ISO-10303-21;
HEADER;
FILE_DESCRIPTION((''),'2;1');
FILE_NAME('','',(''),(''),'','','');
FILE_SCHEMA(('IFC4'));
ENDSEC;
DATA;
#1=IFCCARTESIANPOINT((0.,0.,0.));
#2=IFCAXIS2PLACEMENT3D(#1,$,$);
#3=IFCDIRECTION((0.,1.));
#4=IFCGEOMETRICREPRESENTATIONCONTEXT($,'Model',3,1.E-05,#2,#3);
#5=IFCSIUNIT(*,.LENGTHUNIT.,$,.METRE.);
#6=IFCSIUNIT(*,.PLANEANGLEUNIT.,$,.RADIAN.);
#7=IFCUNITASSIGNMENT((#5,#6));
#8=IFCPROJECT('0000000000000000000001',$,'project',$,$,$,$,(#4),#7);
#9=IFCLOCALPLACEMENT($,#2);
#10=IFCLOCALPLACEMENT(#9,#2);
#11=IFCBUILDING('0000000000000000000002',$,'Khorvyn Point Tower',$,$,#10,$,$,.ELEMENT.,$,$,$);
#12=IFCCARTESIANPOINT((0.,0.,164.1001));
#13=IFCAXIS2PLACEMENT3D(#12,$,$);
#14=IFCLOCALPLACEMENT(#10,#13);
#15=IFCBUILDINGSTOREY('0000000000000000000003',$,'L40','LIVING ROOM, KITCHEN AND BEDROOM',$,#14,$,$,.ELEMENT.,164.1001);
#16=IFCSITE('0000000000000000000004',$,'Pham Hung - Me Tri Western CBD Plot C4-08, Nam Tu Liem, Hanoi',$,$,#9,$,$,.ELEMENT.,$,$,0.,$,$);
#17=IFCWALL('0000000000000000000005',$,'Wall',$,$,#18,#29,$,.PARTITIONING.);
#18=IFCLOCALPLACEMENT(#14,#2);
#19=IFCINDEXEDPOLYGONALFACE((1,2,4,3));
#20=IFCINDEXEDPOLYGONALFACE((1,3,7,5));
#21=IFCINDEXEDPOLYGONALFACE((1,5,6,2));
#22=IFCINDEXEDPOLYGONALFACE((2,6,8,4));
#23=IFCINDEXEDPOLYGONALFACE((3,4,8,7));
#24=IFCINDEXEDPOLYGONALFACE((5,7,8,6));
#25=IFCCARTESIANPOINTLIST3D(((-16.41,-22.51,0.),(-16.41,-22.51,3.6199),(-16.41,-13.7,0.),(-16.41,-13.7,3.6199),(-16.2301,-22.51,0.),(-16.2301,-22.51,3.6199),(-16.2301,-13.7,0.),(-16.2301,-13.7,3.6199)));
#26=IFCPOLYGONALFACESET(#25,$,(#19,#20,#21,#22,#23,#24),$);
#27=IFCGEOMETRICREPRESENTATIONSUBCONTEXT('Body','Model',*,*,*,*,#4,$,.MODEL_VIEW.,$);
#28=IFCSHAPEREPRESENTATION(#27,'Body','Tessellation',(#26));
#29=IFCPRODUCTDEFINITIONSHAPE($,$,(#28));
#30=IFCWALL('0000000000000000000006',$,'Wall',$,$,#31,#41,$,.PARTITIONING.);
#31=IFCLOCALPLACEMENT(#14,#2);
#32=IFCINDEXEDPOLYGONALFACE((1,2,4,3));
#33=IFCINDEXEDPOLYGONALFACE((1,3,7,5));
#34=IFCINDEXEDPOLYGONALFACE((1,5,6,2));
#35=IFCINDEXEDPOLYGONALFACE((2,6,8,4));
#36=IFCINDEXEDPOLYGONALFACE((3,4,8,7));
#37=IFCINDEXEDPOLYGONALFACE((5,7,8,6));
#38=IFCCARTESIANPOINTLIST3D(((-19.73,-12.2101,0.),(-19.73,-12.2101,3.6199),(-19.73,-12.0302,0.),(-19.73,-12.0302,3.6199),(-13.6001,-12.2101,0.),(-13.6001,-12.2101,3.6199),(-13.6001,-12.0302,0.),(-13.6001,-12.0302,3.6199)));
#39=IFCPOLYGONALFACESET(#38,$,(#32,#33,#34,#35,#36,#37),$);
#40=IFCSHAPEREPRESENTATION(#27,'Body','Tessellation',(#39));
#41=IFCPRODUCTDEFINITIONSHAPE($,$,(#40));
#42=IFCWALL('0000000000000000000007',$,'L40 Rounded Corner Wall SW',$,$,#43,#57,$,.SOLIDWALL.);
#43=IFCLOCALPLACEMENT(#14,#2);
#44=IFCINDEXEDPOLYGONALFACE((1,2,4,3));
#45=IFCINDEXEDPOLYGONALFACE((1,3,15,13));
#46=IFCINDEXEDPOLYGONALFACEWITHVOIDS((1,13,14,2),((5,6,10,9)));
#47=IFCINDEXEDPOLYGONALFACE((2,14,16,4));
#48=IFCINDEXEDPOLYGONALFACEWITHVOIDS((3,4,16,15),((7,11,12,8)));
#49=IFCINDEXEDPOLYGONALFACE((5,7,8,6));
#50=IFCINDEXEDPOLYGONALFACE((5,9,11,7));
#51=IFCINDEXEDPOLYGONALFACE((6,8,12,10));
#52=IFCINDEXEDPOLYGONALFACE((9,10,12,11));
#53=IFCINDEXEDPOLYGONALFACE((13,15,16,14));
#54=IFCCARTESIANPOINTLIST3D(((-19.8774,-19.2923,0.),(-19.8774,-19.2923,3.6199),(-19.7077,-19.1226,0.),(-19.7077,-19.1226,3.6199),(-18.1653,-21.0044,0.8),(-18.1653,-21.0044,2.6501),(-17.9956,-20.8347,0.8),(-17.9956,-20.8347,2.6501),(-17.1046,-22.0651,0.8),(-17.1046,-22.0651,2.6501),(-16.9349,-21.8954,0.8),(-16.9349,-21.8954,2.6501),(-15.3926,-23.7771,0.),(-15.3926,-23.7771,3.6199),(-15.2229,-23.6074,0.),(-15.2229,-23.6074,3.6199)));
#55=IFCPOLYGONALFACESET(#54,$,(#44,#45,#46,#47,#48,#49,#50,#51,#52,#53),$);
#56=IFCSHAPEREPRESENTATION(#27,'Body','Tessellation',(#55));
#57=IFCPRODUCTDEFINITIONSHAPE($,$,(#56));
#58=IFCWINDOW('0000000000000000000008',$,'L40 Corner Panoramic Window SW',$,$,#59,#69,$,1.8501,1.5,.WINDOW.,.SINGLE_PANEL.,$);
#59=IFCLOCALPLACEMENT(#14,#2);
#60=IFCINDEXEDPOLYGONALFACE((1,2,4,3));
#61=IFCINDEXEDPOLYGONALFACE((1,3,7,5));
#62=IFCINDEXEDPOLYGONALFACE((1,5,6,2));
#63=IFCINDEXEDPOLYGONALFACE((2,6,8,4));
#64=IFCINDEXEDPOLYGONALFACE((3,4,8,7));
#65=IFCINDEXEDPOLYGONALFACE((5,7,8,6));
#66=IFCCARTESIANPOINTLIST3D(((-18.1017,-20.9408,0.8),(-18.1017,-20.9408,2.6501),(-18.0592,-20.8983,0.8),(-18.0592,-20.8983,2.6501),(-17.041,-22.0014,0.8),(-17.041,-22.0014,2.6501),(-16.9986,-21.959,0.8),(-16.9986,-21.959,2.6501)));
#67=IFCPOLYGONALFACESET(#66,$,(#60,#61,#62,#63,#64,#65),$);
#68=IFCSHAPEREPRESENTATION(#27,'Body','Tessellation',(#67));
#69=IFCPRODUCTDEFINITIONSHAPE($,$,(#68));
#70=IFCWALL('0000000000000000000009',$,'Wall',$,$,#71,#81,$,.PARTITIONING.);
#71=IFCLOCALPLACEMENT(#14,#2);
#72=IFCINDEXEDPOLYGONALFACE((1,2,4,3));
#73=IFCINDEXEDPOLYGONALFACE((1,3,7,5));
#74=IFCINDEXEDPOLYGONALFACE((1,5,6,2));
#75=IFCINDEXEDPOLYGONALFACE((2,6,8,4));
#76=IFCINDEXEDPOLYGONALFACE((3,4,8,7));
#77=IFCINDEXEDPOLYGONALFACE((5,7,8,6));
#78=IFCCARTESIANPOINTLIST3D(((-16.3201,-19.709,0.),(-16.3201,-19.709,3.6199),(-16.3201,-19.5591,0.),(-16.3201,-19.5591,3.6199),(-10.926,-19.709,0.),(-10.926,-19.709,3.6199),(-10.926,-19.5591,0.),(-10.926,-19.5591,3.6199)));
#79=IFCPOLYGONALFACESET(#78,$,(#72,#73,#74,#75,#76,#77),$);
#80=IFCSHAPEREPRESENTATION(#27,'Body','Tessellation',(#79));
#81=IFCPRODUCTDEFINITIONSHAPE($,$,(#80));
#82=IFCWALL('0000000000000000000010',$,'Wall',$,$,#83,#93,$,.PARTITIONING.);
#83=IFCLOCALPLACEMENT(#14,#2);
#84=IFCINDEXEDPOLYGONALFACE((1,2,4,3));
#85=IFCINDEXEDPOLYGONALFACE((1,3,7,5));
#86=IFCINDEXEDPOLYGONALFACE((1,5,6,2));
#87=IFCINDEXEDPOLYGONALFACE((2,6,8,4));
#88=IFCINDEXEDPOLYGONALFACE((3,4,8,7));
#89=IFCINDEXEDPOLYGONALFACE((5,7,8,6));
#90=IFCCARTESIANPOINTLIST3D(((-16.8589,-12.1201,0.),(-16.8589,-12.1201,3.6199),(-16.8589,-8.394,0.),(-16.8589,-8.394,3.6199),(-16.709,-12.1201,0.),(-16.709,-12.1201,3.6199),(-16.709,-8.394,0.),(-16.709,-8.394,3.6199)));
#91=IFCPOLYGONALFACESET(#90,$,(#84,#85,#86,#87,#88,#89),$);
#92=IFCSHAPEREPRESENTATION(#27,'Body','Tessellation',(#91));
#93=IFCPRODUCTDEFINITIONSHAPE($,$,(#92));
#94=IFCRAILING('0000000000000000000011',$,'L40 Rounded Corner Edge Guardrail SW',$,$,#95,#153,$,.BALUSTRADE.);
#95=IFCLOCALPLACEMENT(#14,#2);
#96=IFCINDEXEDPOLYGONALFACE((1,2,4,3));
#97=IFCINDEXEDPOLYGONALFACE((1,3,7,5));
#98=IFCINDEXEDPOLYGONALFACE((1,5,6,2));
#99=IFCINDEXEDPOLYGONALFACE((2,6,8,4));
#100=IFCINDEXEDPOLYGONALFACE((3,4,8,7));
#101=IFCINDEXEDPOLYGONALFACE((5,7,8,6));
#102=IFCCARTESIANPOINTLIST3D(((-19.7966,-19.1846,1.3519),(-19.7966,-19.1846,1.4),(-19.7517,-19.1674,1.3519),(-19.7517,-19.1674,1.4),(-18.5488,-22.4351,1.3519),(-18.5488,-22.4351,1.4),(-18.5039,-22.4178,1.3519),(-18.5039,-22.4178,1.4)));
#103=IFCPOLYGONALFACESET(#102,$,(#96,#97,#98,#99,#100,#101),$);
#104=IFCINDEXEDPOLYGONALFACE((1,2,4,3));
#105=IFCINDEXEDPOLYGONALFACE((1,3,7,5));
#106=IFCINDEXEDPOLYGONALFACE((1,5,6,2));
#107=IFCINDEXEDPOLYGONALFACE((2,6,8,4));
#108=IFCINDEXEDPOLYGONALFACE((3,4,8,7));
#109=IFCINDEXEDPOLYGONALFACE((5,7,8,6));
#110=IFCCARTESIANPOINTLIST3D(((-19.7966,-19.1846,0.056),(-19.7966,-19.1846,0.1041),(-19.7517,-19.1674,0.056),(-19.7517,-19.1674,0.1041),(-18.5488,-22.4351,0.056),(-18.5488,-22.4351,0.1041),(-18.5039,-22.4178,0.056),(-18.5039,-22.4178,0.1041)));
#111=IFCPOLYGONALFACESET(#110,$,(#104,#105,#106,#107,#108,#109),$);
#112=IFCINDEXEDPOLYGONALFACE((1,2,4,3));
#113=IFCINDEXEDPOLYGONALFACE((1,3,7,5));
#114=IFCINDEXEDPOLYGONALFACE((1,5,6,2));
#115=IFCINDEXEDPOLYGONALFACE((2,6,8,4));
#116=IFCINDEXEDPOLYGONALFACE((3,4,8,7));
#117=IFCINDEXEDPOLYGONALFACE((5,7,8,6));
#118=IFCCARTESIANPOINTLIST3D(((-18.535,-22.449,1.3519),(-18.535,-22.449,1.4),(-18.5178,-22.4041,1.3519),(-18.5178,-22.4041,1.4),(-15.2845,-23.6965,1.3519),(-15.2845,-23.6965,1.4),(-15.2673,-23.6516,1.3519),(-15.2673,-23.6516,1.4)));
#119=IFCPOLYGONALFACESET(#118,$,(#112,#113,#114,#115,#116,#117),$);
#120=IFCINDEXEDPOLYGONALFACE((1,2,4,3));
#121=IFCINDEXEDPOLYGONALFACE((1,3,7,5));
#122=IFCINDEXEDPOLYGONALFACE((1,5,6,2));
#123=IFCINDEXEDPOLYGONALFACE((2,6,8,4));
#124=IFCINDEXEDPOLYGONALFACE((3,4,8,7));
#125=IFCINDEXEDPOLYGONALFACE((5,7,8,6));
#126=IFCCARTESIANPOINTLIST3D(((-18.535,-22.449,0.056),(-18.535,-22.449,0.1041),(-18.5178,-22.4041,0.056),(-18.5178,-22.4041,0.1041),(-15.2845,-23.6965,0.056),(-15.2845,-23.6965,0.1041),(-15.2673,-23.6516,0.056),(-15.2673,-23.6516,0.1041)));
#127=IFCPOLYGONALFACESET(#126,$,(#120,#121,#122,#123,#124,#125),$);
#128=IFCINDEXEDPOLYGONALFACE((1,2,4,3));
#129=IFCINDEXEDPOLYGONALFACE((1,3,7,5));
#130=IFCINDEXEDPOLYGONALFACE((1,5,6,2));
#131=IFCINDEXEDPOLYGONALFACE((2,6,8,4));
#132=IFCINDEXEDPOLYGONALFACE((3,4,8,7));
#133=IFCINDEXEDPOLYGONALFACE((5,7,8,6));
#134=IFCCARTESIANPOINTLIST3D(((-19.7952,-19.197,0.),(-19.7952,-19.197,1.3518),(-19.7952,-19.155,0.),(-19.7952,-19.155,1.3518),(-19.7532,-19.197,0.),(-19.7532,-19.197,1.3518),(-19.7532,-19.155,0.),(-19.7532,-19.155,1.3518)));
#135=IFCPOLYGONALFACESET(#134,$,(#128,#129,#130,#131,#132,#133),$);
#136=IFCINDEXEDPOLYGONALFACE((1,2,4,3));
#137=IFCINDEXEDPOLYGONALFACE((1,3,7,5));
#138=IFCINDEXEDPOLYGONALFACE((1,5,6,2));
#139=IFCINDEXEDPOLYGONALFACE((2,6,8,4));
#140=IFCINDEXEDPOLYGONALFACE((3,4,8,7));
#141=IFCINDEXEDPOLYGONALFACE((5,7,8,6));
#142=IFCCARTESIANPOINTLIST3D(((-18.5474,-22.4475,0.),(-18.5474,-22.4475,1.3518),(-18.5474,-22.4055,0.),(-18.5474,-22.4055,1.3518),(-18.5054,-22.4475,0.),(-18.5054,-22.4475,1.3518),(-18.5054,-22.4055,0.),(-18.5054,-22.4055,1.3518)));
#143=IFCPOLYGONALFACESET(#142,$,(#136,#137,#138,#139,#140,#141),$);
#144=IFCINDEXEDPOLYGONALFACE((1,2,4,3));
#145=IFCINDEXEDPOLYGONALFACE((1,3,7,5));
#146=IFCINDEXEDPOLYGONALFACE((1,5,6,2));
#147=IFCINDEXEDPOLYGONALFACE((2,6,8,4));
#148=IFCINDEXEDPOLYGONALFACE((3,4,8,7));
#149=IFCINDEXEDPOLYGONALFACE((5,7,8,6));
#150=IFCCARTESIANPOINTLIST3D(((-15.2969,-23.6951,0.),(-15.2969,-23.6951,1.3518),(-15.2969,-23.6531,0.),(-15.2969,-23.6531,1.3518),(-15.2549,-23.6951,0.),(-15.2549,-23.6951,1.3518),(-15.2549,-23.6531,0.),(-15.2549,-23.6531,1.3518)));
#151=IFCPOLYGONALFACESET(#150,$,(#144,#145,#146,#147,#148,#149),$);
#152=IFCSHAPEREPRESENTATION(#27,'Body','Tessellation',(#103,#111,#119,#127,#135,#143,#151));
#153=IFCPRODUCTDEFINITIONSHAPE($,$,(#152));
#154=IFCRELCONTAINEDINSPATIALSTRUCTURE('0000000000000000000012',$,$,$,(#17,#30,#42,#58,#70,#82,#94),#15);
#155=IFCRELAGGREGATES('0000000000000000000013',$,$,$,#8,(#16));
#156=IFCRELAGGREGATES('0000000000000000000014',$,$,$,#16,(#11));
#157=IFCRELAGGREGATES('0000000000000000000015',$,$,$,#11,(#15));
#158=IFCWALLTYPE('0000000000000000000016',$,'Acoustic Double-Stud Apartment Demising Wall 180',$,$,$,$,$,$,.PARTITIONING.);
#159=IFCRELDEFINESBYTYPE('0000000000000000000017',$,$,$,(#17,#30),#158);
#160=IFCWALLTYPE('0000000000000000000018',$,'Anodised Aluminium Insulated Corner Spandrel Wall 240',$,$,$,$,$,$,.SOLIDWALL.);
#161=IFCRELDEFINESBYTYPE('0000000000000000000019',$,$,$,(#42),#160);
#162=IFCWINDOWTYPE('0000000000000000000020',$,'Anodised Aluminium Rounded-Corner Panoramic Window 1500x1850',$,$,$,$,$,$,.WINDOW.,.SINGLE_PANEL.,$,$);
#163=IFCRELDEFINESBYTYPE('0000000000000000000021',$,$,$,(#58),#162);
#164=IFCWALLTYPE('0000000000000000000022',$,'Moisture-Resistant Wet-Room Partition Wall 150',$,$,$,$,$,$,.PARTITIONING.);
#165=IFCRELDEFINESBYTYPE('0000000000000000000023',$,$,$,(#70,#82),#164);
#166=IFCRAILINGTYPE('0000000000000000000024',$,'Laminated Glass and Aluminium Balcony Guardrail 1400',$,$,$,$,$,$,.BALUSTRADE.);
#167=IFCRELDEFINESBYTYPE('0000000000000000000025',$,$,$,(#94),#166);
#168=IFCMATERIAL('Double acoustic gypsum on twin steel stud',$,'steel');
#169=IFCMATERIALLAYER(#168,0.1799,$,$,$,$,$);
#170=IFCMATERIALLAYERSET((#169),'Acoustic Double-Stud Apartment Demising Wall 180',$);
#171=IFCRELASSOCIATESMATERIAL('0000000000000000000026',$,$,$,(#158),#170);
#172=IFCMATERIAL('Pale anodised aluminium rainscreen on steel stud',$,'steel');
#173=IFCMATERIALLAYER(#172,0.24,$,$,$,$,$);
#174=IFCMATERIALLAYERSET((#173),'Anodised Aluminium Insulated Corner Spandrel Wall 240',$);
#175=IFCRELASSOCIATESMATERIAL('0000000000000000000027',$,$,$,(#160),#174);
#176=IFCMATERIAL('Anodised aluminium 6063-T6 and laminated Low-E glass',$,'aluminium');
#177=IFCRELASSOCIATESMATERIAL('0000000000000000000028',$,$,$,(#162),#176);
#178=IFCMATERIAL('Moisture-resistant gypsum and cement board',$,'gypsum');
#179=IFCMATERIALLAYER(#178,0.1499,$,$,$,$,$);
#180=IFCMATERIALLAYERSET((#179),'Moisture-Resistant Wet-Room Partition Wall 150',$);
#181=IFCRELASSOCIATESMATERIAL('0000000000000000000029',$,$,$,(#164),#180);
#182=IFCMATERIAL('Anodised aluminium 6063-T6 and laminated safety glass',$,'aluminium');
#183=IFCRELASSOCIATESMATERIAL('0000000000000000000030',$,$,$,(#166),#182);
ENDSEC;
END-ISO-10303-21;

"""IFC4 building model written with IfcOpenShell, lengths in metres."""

from ifc_helpers import new_model, si_unit, direction, frame, frame_2d, origin, origin_2d, place, context, subcontext, project, spatial, rectangle, extrude, material, layer, layer_set, type_object, element, fill, save


model = new_model("IFC4")

# Units and contexts
model_context = context("Model", 3, precision=1e-05, world=origin(), true_north=direction((0.0, 1.0)))
body_context = subcontext(model_context, "Body", "Model", "MODEL_VIEW")
ifc_project = project(units=[si_unit("LENGTHUNIT", "METRE"), si_unit("PLANEANGLEUNIT", "RADIAN")], contexts=[model_context])

# Site, building, storey
site_placement = place(None, origin())
site = spatial("IfcSite", under=ifc_project, at=site_placement, Name="Pham Hung - Me Tri Western CBD Plot C4-08, Nam Tu Liem, Hanoi", CompositionType="ELEMENT", RefElevation=0.0)
building_placement = place(site_placement, origin())
building = spatial("IfcBuilding", under=site, at=building_placement, Name="Khorvyn Point Tower", CompositionType="ELEMENT")
storey_placement = place(building_placement, frame((0.0, 0.0, 164.1001)))
storey = spatial("IfcBuildingStorey", under=building, at=storey_placement, Name="L40", Description="LIVING ROOM, KITCHEN AND BEDROOM", CompositionType="ELEMENT", Elevation=164.1001)

# Shared definitions
ifc_material_1 = material(Name="Anodised aluminium 6063-T6 and laminated Low-E glass", Category="aluminium")

# Shared definitions
ifc_material_2 = material(Name="Double acoustic gypsum on twin steel stud", Category="steel")
ifc_layer_1 = layer(ifc_material_2, 0.1799)
ifc_layer_set_1 = layer_set([ifc_layer_1], Name="Acoustic Double-Stud Apartment Demising Wall 180")
wall_type_1 = type_object("IfcWallType", Name="Acoustic Double-Stud Apartment Demising Wall 180", PredefinedType="PARTITIONING", material=ifc_layer_set_1)

# Walls
wall_1_placement = place(storey_placement, frame((-16.3201, -22.51, 0.0), z_axis=(0.0, 0.0, 1.0), x_axis=(0.0, 1.0, 0.0)))
element("IfcWall", 1, at=wall_1_placement, inside=storey, type_object=wall_type_1, Name="Wall", PredefinedType="PARTITIONING", context=body_context, shape_type="SweptSolid", body=[
    extrude(rectangle(XDim=8.8101, YDim=0.1799, at=frame_2d((4.405, 0.0))), origin(), (0.0, 0.0, 1.0), 3.6199),
])
wall_2_placement = place(storey_placement, frame((-19.73, -12.1201, 0.0), z_axis=(0.0, 0.0, 1.0), x_axis=(1.0, 0.0, 0.0)))
element("IfcWall", 2, at=wall_2_placement, inside=storey, type_object=wall_type_1, Name="Wall", PredefinedType="PARTITIONING", context=body_context, shape_type="SweptSolid", body=[
    extrude(rectangle(XDim=6.1299, YDim=0.1799, at=frame_2d((3.0649, 0.0))), origin(), (0.0, 0.0, 1.0), 3.6199),
])

# Wall, opening, window
ifc_material_3 = material(Name="Pale anodised aluminium rainscreen on steel stud", Category="steel")
ifc_layer_2 = layer(ifc_material_3, 0.24)
ifc_layer_set_2 = layer_set([ifc_layer_2], Name="Anodised Aluminium Insulated Corner Spandrel Wall 240")
wall_type_2 = type_object("IfcWallType", Name="Anodised Aluminium Insulated Corner Spandrel Wall 240", PredefinedType="SOLIDWALL", material=ifc_layer_set_2)
wall_3_placement = place(storey_placement, frame((-15.3076, -23.6924, 0.0), z_axis=(0.0, 0.0, 1.0), x_axis=(-0.707107, 0.707107, 0.0)))
wall_3 = element("IfcWall", 3, at=wall_3_placement, inside=storey, type_object=wall_type_2, Name="L40 Rounded Corner Wall SW", PredefinedType="SOLIDWALL", context=body_context, shape_type="SweptSolid", body=[
    extrude(rectangle(XDim=6.3425, YDim=0.24, at=frame_2d((3.1714, 0.0))), origin(), (0.0, 0.0, 1.0), 3.6199),
])
opening_1_placement = place(wall_3_placement, frame((2.4214, 0.0, 0.8)))
opening_1 = element("IfcOpeningElement", 4, at=opening_1_placement, cuts=wall_3, PredefinedType="OPENING", context=body_context, shape_type="SweptSolid", body=[
    extrude(rectangle(XDim=1.5, YDim=1.8501, at=frame_2d((0.75, 0.925))), frame((0.0, 0.1299, 0.0), z_axis=(0.0, -1.0, 0.0), x_axis=(1.0, 0.0, 0.0)), (0.0, 0.0, 1.0), 0.26),
])
window_type = type_object("IfcWindowType", Name="Anodised Aluminium Rounded-Corner Panoramic Window 1500x1850", PartitioningType="SINGLE_PANEL", PredefinedType="WINDOW", material=ifc_material_1)
window_placement = place(opening_1_placement, origin())
window = element("IfcWindow", 5, at=window_placement, inside=storey, type_object=window_type, Name="L40 Corner Panoramic Window SW", OverallHeight=1.8501, OverallWidth=1.5, PartitioningType="SINGLE_PANEL", PredefinedType="WINDOW", context=body_context, shape_type="SweptSolid", body=[
    extrude(rectangle(XDim=1.5, YDim=1.8501, at=frame_2d((0.75, 0.925))), frame((0.0, 0.03, 0.0), z_axis=(0.0, -1.0, 0.0), x_axis=(1.0, 0.0, 0.0)), (0.0, 0.0, 1.0), 0.0601),
])
fill(opening_1, window)

# Walls
ifc_material_4 = material(Name="Moisture-resistant gypsum and cement board", Category="gypsum")
ifc_layer_3 = layer(ifc_material_4, 0.1499)
ifc_layer_set_3 = layer_set([ifc_layer_3], Name="Moisture-Resistant Wet-Room Partition Wall 150")
wall_type_3 = type_object("IfcWallType", Name="Moisture-Resistant Wet-Room Partition Wall 150", PredefinedType="PARTITIONING", material=ifc_layer_set_3)
wall_4_placement = place(storey_placement, frame((-16.3201, -19.634, 0.0), z_axis=(0.0, 0.0, 1.0), x_axis=(1.0, 0.0, 0.0)))
element("IfcWall", 6, at=wall_4_placement, inside=storey, type_object=wall_type_3, Name="Wall", PredefinedType="PARTITIONING", context=body_context, shape_type="SweptSolid", body=[
    extrude(rectangle(XDim=5.394, YDim=0.1499, at=frame_2d((2.697, 0.0))), origin(), (0.0, 0.0, 1.0), 3.6199),
])
wall_5_placement = place(storey_placement, frame((-16.7839, -12.1201, 0.0), z_axis=(0.0, 0.0, 1.0), x_axis=(0.0, 1.0, 0.0)))
element("IfcWall", 7, at=wall_5_placement, inside=storey, type_object=wall_type_3, Name="Wall", PredefinedType="PARTITIONING", context=body_context, shape_type="SweptSolid", body=[
    extrude(rectangle(XDim=3.7261, YDim=0.1499, at=frame_2d((1.863, 0.0))), origin(), (0.0, 0.0, 1.0), 3.6199),
])

# Railing
ifc_material_5 = material(Name="Anodised aluminium 6063-T6 and laminated safety glass", Category="aluminium")
railing_type = type_object("IfcRailingType", Name="Laminated Glass and Aluminium Balcony Guardrail 1400", PredefinedType="BALUSTRADE", material=ifc_material_5)
railing_1_placement = place(storey_placement, frame((-19.7742, -19.176, 0.0)))
element("IfcRailing", 8, at=railing_1_placement, inside=storey, type_object=railing_type, Name="L40 Rounded Corner Edge Guardrail SW", PredefinedType="BALUSTRADE", context=body_context, shape_type="SweptSolid", body=[
    extrude(rectangle(XDim=0.0481, YDim=0.0481, at=origin_2d()), frame((0.0, 0.0, 1.376), z_axis=(0.358382, -0.933575, 0.0), x_axis=(0.933575, 0.358382, 0.0)), (0.0, 0.0, 1.0), 3.4817),
    extrude(rectangle(XDim=0.0481, YDim=0.0481, at=origin_2d()), frame((0.0, 0.0, 0.0801), z_axis=(0.358382, -0.933575, 0.0), x_axis=(0.933575, 0.358382, 0.0)), (0.0, 0.0, 1.0), 3.4817),
    extrude(rectangle(XDim=0.0481, YDim=0.0481, at=origin_2d()), frame((1.2478, -3.2505, 1.376), z_axis=(0.933598, -0.358321, 0.0), x_axis=(0.358321, 0.933598, 0.0)), (0.0, 0.0, 1.0), 3.4817),
    extrude(rectangle(XDim=0.0481, YDim=0.0481, at=origin_2d()), frame((1.2478, -3.2505, 0.0801), z_axis=(0.933598, -0.358321, 0.0), x_axis=(0.358321, 0.933598, 0.0)), (0.0, 0.0, 1.0), 3.4817),
    extrude(rectangle(XDim=0.042, YDim=0.042, at=origin_2d()), origin(), (0.0, 0.0, 1.0), 1.3518),
    extrude(rectangle(XDim=0.042, YDim=0.042, at=origin_2d()), frame((1.2478, -3.2505, 0.0)), (0.0, 0.0, 1.0), 1.3518),
    extrude(rectangle(XDim=0.042, YDim=0.042, at=origin_2d()), frame((4.4983, -4.498, 0.0)), (0.0, 0.0, 1.0), 1.3518),
])

save(model, "model.ifc")
